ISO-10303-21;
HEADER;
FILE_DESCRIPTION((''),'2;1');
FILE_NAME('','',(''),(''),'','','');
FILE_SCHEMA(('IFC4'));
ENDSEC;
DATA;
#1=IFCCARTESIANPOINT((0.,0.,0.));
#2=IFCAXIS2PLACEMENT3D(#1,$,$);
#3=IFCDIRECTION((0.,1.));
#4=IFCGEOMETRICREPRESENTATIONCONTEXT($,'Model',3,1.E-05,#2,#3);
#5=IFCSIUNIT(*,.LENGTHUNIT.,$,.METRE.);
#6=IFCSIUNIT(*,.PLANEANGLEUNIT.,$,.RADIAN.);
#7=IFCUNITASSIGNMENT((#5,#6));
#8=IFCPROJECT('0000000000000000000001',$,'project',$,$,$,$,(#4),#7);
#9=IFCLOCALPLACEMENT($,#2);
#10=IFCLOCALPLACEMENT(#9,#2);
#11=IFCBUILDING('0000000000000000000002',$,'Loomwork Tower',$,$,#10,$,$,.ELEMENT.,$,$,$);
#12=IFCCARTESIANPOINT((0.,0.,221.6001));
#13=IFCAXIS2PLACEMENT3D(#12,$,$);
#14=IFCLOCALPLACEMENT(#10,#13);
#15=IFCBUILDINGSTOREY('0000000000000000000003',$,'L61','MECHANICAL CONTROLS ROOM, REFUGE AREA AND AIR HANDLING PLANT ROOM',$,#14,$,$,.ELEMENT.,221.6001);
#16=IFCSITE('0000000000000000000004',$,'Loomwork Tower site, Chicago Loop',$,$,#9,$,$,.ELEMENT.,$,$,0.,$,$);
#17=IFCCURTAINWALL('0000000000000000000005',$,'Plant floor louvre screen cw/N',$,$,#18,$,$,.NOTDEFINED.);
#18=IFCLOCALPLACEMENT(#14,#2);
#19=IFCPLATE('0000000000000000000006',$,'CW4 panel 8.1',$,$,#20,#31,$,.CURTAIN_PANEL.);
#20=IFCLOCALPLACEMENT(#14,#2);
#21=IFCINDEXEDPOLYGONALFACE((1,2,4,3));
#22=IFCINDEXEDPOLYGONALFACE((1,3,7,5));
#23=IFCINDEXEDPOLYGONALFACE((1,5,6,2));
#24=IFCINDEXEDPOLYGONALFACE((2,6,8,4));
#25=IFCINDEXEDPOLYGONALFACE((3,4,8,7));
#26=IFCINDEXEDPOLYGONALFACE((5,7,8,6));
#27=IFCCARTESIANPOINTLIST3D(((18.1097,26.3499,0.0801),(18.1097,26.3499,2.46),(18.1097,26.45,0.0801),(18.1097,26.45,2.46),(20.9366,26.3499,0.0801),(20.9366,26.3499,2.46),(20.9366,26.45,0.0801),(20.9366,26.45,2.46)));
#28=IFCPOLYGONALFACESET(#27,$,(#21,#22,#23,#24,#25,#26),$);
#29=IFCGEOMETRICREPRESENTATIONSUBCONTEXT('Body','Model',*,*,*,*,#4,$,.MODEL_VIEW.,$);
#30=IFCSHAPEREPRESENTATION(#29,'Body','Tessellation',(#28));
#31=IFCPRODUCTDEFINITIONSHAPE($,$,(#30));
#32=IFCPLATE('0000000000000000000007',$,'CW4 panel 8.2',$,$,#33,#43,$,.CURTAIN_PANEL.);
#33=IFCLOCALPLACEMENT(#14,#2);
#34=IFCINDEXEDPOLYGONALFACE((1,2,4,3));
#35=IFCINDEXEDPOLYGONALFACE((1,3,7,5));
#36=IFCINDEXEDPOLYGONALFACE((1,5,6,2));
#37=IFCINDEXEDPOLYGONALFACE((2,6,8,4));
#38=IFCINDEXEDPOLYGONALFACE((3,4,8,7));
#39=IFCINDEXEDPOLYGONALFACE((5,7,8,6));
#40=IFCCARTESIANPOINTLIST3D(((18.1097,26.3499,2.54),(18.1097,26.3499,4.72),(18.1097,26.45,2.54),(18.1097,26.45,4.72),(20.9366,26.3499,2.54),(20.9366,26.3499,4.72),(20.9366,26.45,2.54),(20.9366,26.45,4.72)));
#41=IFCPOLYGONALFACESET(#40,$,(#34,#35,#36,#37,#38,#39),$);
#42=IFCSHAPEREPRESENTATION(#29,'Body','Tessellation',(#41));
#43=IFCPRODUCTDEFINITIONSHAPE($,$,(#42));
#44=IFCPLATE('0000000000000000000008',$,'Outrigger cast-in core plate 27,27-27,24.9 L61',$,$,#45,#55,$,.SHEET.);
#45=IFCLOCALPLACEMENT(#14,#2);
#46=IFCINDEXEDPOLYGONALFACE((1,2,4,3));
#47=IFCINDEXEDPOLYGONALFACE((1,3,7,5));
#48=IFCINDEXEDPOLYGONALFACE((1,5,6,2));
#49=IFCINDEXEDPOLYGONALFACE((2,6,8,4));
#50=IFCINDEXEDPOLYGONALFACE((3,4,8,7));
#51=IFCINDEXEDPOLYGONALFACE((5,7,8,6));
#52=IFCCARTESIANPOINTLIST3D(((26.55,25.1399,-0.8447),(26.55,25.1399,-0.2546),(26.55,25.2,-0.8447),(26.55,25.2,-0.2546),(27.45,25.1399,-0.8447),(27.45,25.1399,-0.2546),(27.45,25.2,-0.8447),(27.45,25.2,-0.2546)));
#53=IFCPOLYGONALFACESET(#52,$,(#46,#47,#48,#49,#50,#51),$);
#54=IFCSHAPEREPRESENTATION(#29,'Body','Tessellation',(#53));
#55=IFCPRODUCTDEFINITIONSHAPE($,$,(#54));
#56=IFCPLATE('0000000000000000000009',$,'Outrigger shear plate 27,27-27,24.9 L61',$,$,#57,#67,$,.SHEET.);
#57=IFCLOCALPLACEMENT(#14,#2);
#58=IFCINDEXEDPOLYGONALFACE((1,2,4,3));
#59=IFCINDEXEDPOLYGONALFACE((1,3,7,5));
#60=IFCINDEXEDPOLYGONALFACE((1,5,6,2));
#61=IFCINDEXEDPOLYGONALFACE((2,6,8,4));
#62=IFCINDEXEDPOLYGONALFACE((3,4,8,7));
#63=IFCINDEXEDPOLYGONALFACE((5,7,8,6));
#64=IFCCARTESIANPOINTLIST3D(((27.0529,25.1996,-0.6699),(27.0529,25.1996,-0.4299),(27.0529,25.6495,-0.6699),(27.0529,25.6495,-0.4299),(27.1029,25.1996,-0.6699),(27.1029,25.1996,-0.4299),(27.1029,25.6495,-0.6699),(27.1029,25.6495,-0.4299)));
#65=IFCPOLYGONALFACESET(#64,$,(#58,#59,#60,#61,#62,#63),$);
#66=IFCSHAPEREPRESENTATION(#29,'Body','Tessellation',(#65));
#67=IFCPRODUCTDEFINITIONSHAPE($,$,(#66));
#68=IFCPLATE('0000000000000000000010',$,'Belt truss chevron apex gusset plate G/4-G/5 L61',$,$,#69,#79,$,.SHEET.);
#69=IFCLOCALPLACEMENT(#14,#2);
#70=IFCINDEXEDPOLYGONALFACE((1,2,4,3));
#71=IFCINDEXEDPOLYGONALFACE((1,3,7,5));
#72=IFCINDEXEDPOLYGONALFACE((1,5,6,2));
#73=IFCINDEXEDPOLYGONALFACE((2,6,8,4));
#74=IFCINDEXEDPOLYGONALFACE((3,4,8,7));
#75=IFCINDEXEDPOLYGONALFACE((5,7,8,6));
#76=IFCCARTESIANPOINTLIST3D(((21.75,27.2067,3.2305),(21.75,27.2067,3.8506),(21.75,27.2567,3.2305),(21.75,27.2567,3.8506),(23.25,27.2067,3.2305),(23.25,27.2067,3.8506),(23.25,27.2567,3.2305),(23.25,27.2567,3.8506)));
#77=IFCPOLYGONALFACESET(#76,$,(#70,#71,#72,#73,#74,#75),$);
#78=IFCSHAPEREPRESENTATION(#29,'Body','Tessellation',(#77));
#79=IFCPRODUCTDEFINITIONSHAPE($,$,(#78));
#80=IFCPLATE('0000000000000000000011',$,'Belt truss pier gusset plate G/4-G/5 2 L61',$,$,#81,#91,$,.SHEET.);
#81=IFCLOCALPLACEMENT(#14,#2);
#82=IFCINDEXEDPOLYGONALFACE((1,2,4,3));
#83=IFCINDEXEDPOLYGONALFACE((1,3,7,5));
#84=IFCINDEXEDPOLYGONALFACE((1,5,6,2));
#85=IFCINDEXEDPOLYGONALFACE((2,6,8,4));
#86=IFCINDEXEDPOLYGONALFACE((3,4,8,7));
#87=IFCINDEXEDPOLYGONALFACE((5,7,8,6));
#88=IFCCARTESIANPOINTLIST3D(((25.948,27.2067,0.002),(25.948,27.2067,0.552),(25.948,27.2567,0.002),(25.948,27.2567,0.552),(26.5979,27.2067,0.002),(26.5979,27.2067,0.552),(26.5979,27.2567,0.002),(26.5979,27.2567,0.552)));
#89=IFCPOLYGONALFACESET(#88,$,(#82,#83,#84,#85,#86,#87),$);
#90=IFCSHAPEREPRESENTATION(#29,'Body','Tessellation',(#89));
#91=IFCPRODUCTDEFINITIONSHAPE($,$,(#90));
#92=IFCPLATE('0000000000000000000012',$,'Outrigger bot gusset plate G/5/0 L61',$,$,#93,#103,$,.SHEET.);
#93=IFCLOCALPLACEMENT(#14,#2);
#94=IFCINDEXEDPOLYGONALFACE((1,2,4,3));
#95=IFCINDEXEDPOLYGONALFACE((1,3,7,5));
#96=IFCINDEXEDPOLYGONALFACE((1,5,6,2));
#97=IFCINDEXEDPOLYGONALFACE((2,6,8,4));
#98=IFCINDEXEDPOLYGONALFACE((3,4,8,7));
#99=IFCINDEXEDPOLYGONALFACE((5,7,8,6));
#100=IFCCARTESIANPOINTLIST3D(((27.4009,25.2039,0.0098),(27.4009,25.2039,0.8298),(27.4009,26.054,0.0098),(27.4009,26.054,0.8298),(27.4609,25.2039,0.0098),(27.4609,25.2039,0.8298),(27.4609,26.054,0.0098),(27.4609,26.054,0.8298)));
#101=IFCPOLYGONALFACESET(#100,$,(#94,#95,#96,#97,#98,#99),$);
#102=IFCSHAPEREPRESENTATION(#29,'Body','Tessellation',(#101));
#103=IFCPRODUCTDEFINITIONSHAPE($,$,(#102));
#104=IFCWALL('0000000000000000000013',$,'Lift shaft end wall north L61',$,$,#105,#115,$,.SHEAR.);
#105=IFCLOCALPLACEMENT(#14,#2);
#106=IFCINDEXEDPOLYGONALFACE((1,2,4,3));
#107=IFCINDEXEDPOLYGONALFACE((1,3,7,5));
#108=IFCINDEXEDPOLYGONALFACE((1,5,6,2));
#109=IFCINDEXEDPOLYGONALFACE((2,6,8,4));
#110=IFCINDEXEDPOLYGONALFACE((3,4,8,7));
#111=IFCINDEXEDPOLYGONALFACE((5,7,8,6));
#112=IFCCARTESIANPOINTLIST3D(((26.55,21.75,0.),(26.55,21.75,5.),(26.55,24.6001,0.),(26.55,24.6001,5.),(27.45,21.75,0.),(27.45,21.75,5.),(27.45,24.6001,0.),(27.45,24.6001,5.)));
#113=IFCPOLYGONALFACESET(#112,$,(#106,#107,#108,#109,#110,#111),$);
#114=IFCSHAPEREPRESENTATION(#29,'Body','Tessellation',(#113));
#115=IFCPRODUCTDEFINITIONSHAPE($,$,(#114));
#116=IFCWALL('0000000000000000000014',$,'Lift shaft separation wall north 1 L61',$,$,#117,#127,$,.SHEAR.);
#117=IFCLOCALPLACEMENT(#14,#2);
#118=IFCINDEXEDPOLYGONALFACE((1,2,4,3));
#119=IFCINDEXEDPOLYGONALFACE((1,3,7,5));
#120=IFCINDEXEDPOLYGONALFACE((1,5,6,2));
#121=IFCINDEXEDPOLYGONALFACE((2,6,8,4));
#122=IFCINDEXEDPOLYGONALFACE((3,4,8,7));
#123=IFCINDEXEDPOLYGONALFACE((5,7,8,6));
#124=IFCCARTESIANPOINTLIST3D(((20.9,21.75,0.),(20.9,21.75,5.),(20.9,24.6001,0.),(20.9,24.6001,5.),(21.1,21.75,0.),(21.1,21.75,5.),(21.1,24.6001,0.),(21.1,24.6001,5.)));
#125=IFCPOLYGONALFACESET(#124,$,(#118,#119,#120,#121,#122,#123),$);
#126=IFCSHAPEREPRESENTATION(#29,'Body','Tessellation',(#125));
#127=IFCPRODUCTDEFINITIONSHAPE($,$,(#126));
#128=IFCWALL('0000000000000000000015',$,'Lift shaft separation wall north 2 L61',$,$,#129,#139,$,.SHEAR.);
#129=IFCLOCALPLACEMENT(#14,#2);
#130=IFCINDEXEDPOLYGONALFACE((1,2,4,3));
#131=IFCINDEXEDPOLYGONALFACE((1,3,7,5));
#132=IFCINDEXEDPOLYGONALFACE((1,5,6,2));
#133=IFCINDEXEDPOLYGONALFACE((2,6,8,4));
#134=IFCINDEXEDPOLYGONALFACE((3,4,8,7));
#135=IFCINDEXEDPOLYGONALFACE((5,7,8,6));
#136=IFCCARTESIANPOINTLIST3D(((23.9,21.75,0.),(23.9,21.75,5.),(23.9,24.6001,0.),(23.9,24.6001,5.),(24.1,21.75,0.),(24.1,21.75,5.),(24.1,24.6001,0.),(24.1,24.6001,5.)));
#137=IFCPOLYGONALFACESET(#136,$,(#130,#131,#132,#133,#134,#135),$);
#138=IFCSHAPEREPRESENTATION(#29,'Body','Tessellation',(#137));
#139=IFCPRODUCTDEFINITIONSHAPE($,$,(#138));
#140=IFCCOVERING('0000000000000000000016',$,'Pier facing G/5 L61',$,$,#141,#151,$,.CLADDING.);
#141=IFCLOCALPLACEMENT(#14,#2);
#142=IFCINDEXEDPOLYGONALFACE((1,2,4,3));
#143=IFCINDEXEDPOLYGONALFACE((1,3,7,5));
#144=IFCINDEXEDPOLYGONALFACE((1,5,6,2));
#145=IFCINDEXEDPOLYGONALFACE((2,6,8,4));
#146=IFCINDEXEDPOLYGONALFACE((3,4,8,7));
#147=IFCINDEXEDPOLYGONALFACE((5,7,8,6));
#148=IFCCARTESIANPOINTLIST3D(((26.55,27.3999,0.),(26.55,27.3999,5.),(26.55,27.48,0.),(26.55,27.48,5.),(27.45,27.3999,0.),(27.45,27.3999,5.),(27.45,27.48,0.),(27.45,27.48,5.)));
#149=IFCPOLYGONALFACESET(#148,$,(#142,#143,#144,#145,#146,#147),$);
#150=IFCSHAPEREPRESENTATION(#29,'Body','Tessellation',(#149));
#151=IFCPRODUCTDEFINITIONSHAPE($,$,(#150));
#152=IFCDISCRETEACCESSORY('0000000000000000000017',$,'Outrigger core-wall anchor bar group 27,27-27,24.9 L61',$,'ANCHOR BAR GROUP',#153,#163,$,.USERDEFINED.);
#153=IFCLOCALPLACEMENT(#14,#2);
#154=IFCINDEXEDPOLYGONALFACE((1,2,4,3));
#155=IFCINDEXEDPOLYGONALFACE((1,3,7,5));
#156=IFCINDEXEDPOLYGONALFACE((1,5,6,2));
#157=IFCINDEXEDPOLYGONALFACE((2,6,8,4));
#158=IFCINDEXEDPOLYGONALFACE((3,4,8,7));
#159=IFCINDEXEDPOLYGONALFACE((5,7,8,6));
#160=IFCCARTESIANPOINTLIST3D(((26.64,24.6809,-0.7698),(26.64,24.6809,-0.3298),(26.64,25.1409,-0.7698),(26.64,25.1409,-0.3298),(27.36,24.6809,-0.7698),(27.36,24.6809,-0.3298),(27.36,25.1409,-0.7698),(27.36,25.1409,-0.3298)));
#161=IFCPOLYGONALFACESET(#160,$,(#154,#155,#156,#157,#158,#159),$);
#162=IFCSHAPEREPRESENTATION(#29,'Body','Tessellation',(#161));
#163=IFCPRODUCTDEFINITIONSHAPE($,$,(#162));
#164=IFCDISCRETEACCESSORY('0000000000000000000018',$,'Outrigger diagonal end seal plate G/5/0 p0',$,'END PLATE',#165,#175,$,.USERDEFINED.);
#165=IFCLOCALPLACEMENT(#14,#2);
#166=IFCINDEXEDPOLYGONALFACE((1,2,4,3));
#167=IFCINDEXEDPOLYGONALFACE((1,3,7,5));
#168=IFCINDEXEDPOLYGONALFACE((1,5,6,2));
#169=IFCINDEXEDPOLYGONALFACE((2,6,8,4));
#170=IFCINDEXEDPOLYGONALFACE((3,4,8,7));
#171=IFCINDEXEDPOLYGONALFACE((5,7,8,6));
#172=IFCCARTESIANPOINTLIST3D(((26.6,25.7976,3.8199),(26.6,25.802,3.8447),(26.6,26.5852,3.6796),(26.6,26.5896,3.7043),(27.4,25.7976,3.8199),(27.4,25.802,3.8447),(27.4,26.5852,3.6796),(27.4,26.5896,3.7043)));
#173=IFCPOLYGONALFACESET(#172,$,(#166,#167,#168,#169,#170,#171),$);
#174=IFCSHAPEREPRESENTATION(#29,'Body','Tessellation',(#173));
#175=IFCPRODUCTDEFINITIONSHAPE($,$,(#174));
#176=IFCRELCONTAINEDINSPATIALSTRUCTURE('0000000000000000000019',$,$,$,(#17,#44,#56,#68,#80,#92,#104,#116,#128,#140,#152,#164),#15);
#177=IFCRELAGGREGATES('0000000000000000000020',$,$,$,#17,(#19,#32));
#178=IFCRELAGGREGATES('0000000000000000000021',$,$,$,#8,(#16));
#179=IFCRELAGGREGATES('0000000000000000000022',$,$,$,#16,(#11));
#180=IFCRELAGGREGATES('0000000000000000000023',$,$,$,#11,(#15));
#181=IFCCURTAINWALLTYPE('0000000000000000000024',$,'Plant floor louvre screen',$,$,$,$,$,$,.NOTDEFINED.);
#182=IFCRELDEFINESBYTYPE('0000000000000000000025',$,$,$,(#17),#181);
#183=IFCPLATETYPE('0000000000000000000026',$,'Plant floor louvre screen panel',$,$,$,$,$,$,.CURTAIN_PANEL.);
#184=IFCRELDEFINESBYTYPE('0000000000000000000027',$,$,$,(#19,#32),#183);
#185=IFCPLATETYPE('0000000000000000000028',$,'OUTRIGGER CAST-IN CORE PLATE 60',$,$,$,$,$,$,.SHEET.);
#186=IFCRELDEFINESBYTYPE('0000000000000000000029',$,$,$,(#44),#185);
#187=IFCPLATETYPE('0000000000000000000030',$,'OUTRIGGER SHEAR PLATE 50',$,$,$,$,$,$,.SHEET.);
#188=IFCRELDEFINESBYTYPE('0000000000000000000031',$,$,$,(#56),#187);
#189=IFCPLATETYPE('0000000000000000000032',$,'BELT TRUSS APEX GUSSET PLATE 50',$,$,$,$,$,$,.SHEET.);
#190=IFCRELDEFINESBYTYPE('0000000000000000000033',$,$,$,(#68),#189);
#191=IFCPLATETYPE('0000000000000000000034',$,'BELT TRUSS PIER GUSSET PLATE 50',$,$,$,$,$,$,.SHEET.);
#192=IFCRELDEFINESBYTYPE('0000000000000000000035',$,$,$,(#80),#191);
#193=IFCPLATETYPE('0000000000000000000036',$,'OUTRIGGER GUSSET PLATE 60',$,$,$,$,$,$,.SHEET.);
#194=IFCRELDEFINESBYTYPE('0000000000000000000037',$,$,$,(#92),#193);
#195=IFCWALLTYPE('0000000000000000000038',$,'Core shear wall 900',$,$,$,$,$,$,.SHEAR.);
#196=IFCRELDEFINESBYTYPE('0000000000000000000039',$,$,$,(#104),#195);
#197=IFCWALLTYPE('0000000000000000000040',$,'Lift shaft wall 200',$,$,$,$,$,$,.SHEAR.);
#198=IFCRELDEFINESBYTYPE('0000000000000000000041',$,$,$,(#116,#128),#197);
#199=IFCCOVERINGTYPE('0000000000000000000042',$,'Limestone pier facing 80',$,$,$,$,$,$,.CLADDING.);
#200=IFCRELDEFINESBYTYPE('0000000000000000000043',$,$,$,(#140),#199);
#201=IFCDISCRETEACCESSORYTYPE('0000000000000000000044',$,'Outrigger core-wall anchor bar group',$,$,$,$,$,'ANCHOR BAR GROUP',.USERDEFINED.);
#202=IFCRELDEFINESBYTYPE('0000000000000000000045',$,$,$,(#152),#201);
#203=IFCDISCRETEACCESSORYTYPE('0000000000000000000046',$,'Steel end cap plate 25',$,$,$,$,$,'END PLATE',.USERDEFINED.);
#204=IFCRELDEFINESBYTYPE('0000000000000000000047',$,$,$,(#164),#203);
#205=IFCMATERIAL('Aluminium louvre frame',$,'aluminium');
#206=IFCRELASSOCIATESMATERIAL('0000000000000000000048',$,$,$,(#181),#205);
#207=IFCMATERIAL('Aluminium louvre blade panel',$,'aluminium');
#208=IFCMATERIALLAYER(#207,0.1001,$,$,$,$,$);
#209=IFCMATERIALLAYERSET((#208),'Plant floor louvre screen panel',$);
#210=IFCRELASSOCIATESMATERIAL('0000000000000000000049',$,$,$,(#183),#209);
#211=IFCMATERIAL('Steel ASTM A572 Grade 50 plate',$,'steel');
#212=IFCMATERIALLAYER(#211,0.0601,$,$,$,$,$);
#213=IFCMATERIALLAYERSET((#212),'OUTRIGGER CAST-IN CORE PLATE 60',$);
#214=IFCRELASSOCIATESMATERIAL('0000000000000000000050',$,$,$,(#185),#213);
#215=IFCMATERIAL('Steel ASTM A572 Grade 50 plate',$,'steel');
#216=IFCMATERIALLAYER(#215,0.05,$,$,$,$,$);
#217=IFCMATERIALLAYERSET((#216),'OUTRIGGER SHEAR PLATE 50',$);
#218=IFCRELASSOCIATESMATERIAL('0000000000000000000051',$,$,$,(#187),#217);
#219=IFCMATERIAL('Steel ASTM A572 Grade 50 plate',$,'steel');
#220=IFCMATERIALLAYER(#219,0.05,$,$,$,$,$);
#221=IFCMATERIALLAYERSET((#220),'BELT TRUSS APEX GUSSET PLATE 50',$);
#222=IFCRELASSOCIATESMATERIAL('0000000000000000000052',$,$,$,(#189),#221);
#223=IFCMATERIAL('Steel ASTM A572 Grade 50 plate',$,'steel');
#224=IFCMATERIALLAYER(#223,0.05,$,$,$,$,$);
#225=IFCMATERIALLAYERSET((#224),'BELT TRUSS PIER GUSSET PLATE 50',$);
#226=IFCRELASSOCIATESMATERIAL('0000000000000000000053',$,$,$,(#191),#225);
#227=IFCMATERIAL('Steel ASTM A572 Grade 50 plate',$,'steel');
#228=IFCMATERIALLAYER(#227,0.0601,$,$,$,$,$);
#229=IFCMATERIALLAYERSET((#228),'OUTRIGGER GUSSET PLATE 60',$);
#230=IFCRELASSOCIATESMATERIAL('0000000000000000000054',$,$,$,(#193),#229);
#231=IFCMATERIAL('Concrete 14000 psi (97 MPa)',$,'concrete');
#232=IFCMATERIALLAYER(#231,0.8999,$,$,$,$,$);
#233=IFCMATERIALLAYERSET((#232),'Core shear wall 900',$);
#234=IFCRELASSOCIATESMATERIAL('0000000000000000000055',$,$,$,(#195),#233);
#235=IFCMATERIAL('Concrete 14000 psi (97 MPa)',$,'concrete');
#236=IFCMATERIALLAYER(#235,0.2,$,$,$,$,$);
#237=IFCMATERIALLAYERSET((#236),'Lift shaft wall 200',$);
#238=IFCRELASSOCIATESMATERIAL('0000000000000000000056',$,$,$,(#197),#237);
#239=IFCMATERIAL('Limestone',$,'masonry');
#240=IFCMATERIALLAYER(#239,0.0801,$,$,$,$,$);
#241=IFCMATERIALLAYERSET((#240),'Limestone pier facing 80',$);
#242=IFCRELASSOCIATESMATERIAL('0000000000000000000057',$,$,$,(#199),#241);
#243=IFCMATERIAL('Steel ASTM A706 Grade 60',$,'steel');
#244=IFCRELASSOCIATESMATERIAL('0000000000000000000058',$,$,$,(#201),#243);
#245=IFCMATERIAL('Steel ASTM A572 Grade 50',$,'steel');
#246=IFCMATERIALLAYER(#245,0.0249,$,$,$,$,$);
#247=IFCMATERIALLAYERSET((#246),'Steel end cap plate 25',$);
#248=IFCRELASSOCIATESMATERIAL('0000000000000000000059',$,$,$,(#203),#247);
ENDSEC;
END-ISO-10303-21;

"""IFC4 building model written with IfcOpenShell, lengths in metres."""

from ifc_helpers import new_model, si_unit, direction, frame, frame_2d, origin, origin_2d, place, context, subcontext, project, spatial, rectangle, extrude, material, layer, layer_set, type_object, element, aggregate, save


model = new_model("IFC4")

# Units and contexts
model_context = context("Model", 3, precision=1e-05, world=origin(), true_north=direction((0.0, 1.0)))
body_context = subcontext(model_context, "Body", "Model", "MODEL_VIEW")
ifc_project = project(units=[si_unit("LENGTHUNIT", "METRE"), si_unit("PLANEANGLEUNIT", "RADIAN")], contexts=[model_context])

# Site, building, storey
site_placement = place(None, origin())
site = spatial("IfcSite", under=ifc_project, at=site_placement, Name="Loomwork Tower site, Chicago Loop", CompositionType="ELEMENT", RefElevation=0.0)
building_placement = place(site_placement, origin())
building = spatial("IfcBuilding", under=site, at=building_placement, Name="Loomwork Tower", CompositionType="ELEMENT")
storey_placement = place(building_placement, frame((0.0, 0.0, 221.6001)))
storey = spatial("IfcBuildingStorey", under=building, at=storey_placement, Name="L61", Description="MECHANICAL CONTROLS ROOM, REFUGE AREA AND AIR HANDLING PLANT ROOM", CompositionType="ELEMENT", Elevation=221.6001)

# Curtain wall
ifc_material_1 = material(Name="Aluminium louvre frame", Category="aluminium")
curtain_wall_type = type_object("IfcCurtainWallType", Name="Plant floor louvre screen", PredefinedType="NOTDEFINED", material=ifc_material_1)
curtain_wall_placement = place(storey_placement, origin())
curtain_wall = element("IfcCurtainWall", 1, at=curtain_wall_placement, inside=storey, type_object=curtain_wall_type, Name="Plant floor louvre screen cw/N", PredefinedType="NOTDEFINED")

# Plates
ifc_material_2 = material(Name="Aluminium louvre blade panel", Category="aluminium")
ifc_layer_1 = layer(ifc_material_2, 0.1001)
ifc_layer_set_1 = layer_set([ifc_layer_1], Name="Plant floor louvre screen panel")
plate_type_1 = type_object("IfcPlateType", Name="Plant floor louvre screen panel", PredefinedType="CURTAIN_PANEL", material=ifc_layer_set_1)
plate_1_placement = place(storey_placement, frame((19.5232, 26.3999, 0.0801), z_axis=(0.0, 0.0, 1.0), x_axis=(-1.0, 0.0, 0.0)))
plate_1 = element("IfcPlate", 2, at=plate_1_placement, type_object=plate_type_1, Name="CW4 panel 8.1", PredefinedType="CURTAIN_PANEL", context=body_context, shape_type="SweptSolid", body=[
    extrude(rectangle(XDim=2.8269, YDim=0.1001, at=origin_2d()), origin(), (0.0, 0.0, 1.0), 2.3799),
])
plate_2_placement = place(storey_placement, frame((19.5232, 26.3999, 2.54), z_axis=(0.0, 0.0, 1.0), x_axis=(-1.0, 0.0, 0.0)))
plate_2 = element("IfcPlate", 3, at=plate_2_placement, type_object=plate_type_1, Name="CW4 panel 8.2", PredefinedType="CURTAIN_PANEL", context=body_context, shape_type="SweptSolid", body=[
    extrude(rectangle(XDim=2.8269, YDim=0.1001, at=origin_2d()), origin(), (0.0, 0.0, 1.0), 2.1799),
])
aggregate(curtain_wall, [plate_1, plate_2])

# Plates
ifc_material_3 = material(Name="Steel ASTM A572 Grade 50 plate", Category="steel")
ifc_layer_2 = layer(ifc_material_3, 0.0601)
ifc_layer_set_2 = layer_set([ifc_layer_2], Name="OUTRIGGER CAST-IN CORE PLATE 60")
plate_type_2 = type_object("IfcPlateType", Name="OUTRIGGER CAST-IN CORE PLATE 60", PredefinedType="SHEET", material=ifc_layer_set_2)
plate_3_placement = place(storey_placement, frame((27.0, 25.1699, -0.8447), z_axis=(0.0, 0.0, 1.0), x_axis=(1.0, 0.0, 0.0)))
element("IfcPlate", 4, at=plate_3_placement, inside=storey, type_object=plate_type_2, Name="Outrigger cast-in core plate 27,27-27,24.9 L61", PredefinedType="SHEET", context=body_context, shape_type="SweptSolid", body=[
    extrude(rectangle(XDim=0.8999, YDim=0.0601, at=origin_2d()), origin(), (0.0, 0.0, 1.0), 0.5901),
])
ifc_material_4 = material(Name="Steel ASTM A572 Grade 50 plate", Category="steel")
ifc_layer_3 = layer(ifc_material_4, 0.05)
ifc_layer_set_3 = layer_set([ifc_layer_3], Name="OUTRIGGER SHEAR PLATE 50")
plate_type_3 = type_object("IfcPlateType", Name="OUTRIGGER SHEAR PLATE 50", PredefinedType="SHEET", material=ifc_layer_set_3)
plate_4_placement = place(storey_placement, frame((27.0779, 25.4246, -0.6699), z_axis=(0.0, 0.0, 1.0), x_axis=(0.0, 1.0, 0.0)))
element("IfcPlate", 5, at=plate_4_placement, inside=storey, type_object=plate_type_3, Name="Outrigger shear plate 27,27-27,24.9 L61", PredefinedType="SHEET", context=body_context, shape_type="SweptSolid", body=[
    extrude(rectangle(XDim=0.45, YDim=0.05, at=origin_2d()), origin(), (0.0, 0.0, 1.0), 0.24),
])
ifc_material_5 = material(Name="Steel ASTM A572 Grade 50 plate", Category="steel")
ifc_layer_4 = layer(ifc_material_5, 0.05)
ifc_layer_set_4 = layer_set([ifc_layer_4], Name="BELT TRUSS APEX GUSSET PLATE 50")
plate_type_4 = type_object("IfcPlateType", Name="BELT TRUSS APEX GUSSET PLATE 50", PredefinedType="SHEET", material=ifc_layer_set_4)
plate_5_placement = place(storey_placement, frame((22.5, 27.2317, 3.2305), z_axis=(0.0, 0.0, 1.0), x_axis=(1.0, 0.0, 0.0)))
element("IfcPlate", 6, at=plate_5_placement, inside=storey, type_object=plate_type_4, Name="Belt truss chevron apex gusset plate G/4-G/5 L61", PredefinedType="SHEET", context=body_context, shape_type="SweptSolid", body=[
    extrude(rectangle(XDim=1.5, YDim=0.05, at=origin_2d()), origin(), (0.0, 0.0, 1.0), 0.6201),
])
ifc_material_6 = material(Name="Steel ASTM A572 Grade 50 plate", Category="steel")
ifc_layer_5 = layer(ifc_material_6, 0.05)
ifc_layer_set_5 = layer_set([ifc_layer_5], Name="BELT TRUSS PIER GUSSET PLATE 50")
plate_type_5 = type_object("IfcPlateType", Name="BELT TRUSS PIER GUSSET PLATE 50", PredefinedType="SHEET", material=ifc_layer_set_5)
plate_6_placement = place(storey_placement, frame((26.2729, 27.2317, 0.002), z_axis=(0.0, 0.0, 1.0), x_axis=(1.0, 0.0, 0.0)))
element("IfcPlate", 7, at=plate_6_placement, inside=storey, type_object=plate_type_5, Name="Belt truss pier gusset plate G/4-G/5 2 L61", PredefinedType="SHEET", context=body_context, shape_type="SweptSolid", body=[
    extrude(rectangle(XDim=0.6499, YDim=0.05, at=origin_2d()), origin(), (0.0, 0.0, 1.0), 0.55),
])
ifc_material_7 = material(Name="Steel ASTM A572 Grade 50 plate", Category="steel")
ifc_layer_6 = layer(ifc_material_7, 0.0601)
ifc_layer_set_6 = layer_set([ifc_layer_6], Name="OUTRIGGER GUSSET PLATE 60")
plate_type_6 = type_object("IfcPlateType", Name="OUTRIGGER GUSSET PLATE 60", PredefinedType="SHEET", material=ifc_layer_set_6)
plate_7_placement = place(storey_placement, frame((27.4309, 25.6289, 0.0098), z_axis=(0.0, 0.0, 1.0), x_axis=(0.0, 1.0, 0.0)))
element("IfcPlate", 8, at=plate_7_placement, inside=storey, type_object=plate_type_6, Name="Outrigger bot gusset plate G/5/0 L61", PredefinedType="SHEET", context=body_context, shape_type="SweptSolid", body=[
    extrude(rectangle(XDim=0.8501, YDim=0.0601, at=origin_2d()), origin(), (0.0, 0.0, 1.0), 0.8201),
])

# Walls
ifc_material_8 = material(Name="Concrete 14000 psi (97 MPa)", Category="concrete")
ifc_layer_7 = layer(ifc_material_8, 0.8999)
ifc_layer_set_7 = layer_set([ifc_layer_7], Name="Core shear wall 900")
wall_type_1 = type_object("IfcWallType", Name="Core shear wall 900", PredefinedType="SHEAR", material=ifc_layer_set_7)
wall_placement = place(storey_placement, frame((27.0, 21.75, 0.0), z_axis=(0.0, 0.0, 1.0), x_axis=(0.0, 1.0, 0.0)))
element("IfcWall", 9, at=wall_placement, inside=storey, type_object=wall_type_1, Name="Lift shaft end wall north L61", PredefinedType="SHEAR", context=body_context, shape_type="SweptSolid", body=[
    extrude(rectangle(XDim=2.8501, YDim=0.8999, at=frame_2d((1.425, 0.0))), origin(), (0.0, 0.0, 1.0), 5.0),
])
ifc_material_9 = material(Name="Concrete 14000 psi (97 MPa)", Category="concrete")
ifc_layer_8 = layer(ifc_material_9, 0.2)
ifc_layer_set_8 = layer_set([ifc_layer_8], Name="Lift shaft wall 200")
wall_type_2 = type_object("IfcWallType", Name="Lift shaft wall 200", PredefinedType="SHEAR", material=ifc_layer_set_8)
for number, where, z_axis, x_axis, name in (
    (10, (21.0, 21.75, 0.0), (0.0, 0.0, 1.0), (0.0, 1.0, 0.0), "Lift shaft separation wall north 1 L61"),
    (11, (24.0, 21.75, 0.0), (0.0, 0.0, 1.0), (0.0, 1.0, 0.0), "Lift shaft separation wall north 2 L61"),
):
    element("IfcWall", number, at=place(storey_placement, frame(where, z_axis=z_axis, x_axis=x_axis)), inside=storey, type_object=wall_type_2, Name=name, PredefinedType="SHEAR", context=body_context, shape_type="SweptSolid", body=[
        extrude(rectangle(XDim=2.8501, YDim=0.2, at=frame_2d((1.425, 0.0))), origin(), (0.0, 0.0, 1.0), 5.0),
    ])

# Covering
ifc_material_10 = material(Name="Limestone", Category="masonry")
ifc_layer_9 = layer(ifc_material_10, 0.0801)
ifc_layer_set_9 = layer_set([ifc_layer_9], Name="Limestone pier facing 80")
covering_type = type_object("IfcCoveringType", Name="Limestone pier facing 80", PredefinedType="CLADDING", material=ifc_layer_set_9)
covering_placement = place(storey_placement, frame((27.0, 27.4399, 0.0), z_axis=(0.0, 0.0, 1.0), x_axis=(1.0, 0.0, 0.0)))
element("IfcCovering", 12, at=covering_placement, inside=storey, type_object=covering_type, Name="Pier facing G/5 L61", PredefinedType="CLADDING", context=body_context, shape_type="SweptSolid", body=[
    extrude(rectangle(XDim=0.8999, YDim=0.0801, at=origin_2d()), origin(), (0.0, 0.0, 1.0), 5.0),
])

# Discrete accessories
ifc_material_11 = material(Name="Steel ASTM A706 Grade 60", Category="steel")
discrete_accessory_type_1 = type_object("IfcDiscreteAccessoryType", Name="Outrigger core-wall anchor bar group", ElementType="ANCHOR BAR GROUP", PredefinedType="USERDEFINED", material=ifc_material_11)
discrete_accessory_1_placement = place(storey_placement, frame((27.0, 24.9109, -0.7698), z_axis=(0.0, 0.0, 1.0), x_axis=(1.0, 0.0, 0.0)))
element("IfcDiscreteAccessory", 13, at=discrete_accessory_1_placement, inside=storey, type_object=discrete_accessory_type_1, Name="Outrigger core-wall anchor bar group 27,27-27,24.9 L61", ObjectType="ANCHOR BAR GROUP", PredefinedType="USERDEFINED", context=body_context, shape_type="SweptSolid", body=[
    extrude(rectangle(XDim=0.72, YDim=0.46, at=origin_2d()), origin(), (0.0, 0.0, 1.0), 0.4399),
])
ifc_material_12 = material(Name="Steel ASTM A572 Grade 50", Category="steel")
ifc_layer_10 = layer(ifc_material_12, 0.0249)
ifc_layer_set_10 = layer_set([ifc_layer_10], Name="Steel end cap plate 25")
discrete_accessory_type_2 = type_object("IfcDiscreteAccessoryType", Name="Steel end cap plate 25", ElementType="END PLATE", PredefinedType="USERDEFINED", material=ifc_layer_set_10)
discrete_accessory_2_placement = place(storey_placement, frame((27.0, 26.1914, 3.7498), z_axis=(0.0, 0.175453, 0.984488), x_axis=(-1.0, 0.0, 0.0)))
element("IfcDiscreteAccessory", 14, at=discrete_accessory_2_placement, inside=storey, type_object=discrete_accessory_type_2, Name="Outrigger diagonal end seal plate G/5/0 p0", ObjectType="END PLATE", PredefinedType="USERDEFINED", context=body_context, shape_type="SweptSolid", body=[
    extrude(rectangle(XDim=0.8, YDim=0.8, at=origin_2d()), origin(), (0.0, 0.0, 1.0), 0.0251),
])

save(model, "model.ifc")
